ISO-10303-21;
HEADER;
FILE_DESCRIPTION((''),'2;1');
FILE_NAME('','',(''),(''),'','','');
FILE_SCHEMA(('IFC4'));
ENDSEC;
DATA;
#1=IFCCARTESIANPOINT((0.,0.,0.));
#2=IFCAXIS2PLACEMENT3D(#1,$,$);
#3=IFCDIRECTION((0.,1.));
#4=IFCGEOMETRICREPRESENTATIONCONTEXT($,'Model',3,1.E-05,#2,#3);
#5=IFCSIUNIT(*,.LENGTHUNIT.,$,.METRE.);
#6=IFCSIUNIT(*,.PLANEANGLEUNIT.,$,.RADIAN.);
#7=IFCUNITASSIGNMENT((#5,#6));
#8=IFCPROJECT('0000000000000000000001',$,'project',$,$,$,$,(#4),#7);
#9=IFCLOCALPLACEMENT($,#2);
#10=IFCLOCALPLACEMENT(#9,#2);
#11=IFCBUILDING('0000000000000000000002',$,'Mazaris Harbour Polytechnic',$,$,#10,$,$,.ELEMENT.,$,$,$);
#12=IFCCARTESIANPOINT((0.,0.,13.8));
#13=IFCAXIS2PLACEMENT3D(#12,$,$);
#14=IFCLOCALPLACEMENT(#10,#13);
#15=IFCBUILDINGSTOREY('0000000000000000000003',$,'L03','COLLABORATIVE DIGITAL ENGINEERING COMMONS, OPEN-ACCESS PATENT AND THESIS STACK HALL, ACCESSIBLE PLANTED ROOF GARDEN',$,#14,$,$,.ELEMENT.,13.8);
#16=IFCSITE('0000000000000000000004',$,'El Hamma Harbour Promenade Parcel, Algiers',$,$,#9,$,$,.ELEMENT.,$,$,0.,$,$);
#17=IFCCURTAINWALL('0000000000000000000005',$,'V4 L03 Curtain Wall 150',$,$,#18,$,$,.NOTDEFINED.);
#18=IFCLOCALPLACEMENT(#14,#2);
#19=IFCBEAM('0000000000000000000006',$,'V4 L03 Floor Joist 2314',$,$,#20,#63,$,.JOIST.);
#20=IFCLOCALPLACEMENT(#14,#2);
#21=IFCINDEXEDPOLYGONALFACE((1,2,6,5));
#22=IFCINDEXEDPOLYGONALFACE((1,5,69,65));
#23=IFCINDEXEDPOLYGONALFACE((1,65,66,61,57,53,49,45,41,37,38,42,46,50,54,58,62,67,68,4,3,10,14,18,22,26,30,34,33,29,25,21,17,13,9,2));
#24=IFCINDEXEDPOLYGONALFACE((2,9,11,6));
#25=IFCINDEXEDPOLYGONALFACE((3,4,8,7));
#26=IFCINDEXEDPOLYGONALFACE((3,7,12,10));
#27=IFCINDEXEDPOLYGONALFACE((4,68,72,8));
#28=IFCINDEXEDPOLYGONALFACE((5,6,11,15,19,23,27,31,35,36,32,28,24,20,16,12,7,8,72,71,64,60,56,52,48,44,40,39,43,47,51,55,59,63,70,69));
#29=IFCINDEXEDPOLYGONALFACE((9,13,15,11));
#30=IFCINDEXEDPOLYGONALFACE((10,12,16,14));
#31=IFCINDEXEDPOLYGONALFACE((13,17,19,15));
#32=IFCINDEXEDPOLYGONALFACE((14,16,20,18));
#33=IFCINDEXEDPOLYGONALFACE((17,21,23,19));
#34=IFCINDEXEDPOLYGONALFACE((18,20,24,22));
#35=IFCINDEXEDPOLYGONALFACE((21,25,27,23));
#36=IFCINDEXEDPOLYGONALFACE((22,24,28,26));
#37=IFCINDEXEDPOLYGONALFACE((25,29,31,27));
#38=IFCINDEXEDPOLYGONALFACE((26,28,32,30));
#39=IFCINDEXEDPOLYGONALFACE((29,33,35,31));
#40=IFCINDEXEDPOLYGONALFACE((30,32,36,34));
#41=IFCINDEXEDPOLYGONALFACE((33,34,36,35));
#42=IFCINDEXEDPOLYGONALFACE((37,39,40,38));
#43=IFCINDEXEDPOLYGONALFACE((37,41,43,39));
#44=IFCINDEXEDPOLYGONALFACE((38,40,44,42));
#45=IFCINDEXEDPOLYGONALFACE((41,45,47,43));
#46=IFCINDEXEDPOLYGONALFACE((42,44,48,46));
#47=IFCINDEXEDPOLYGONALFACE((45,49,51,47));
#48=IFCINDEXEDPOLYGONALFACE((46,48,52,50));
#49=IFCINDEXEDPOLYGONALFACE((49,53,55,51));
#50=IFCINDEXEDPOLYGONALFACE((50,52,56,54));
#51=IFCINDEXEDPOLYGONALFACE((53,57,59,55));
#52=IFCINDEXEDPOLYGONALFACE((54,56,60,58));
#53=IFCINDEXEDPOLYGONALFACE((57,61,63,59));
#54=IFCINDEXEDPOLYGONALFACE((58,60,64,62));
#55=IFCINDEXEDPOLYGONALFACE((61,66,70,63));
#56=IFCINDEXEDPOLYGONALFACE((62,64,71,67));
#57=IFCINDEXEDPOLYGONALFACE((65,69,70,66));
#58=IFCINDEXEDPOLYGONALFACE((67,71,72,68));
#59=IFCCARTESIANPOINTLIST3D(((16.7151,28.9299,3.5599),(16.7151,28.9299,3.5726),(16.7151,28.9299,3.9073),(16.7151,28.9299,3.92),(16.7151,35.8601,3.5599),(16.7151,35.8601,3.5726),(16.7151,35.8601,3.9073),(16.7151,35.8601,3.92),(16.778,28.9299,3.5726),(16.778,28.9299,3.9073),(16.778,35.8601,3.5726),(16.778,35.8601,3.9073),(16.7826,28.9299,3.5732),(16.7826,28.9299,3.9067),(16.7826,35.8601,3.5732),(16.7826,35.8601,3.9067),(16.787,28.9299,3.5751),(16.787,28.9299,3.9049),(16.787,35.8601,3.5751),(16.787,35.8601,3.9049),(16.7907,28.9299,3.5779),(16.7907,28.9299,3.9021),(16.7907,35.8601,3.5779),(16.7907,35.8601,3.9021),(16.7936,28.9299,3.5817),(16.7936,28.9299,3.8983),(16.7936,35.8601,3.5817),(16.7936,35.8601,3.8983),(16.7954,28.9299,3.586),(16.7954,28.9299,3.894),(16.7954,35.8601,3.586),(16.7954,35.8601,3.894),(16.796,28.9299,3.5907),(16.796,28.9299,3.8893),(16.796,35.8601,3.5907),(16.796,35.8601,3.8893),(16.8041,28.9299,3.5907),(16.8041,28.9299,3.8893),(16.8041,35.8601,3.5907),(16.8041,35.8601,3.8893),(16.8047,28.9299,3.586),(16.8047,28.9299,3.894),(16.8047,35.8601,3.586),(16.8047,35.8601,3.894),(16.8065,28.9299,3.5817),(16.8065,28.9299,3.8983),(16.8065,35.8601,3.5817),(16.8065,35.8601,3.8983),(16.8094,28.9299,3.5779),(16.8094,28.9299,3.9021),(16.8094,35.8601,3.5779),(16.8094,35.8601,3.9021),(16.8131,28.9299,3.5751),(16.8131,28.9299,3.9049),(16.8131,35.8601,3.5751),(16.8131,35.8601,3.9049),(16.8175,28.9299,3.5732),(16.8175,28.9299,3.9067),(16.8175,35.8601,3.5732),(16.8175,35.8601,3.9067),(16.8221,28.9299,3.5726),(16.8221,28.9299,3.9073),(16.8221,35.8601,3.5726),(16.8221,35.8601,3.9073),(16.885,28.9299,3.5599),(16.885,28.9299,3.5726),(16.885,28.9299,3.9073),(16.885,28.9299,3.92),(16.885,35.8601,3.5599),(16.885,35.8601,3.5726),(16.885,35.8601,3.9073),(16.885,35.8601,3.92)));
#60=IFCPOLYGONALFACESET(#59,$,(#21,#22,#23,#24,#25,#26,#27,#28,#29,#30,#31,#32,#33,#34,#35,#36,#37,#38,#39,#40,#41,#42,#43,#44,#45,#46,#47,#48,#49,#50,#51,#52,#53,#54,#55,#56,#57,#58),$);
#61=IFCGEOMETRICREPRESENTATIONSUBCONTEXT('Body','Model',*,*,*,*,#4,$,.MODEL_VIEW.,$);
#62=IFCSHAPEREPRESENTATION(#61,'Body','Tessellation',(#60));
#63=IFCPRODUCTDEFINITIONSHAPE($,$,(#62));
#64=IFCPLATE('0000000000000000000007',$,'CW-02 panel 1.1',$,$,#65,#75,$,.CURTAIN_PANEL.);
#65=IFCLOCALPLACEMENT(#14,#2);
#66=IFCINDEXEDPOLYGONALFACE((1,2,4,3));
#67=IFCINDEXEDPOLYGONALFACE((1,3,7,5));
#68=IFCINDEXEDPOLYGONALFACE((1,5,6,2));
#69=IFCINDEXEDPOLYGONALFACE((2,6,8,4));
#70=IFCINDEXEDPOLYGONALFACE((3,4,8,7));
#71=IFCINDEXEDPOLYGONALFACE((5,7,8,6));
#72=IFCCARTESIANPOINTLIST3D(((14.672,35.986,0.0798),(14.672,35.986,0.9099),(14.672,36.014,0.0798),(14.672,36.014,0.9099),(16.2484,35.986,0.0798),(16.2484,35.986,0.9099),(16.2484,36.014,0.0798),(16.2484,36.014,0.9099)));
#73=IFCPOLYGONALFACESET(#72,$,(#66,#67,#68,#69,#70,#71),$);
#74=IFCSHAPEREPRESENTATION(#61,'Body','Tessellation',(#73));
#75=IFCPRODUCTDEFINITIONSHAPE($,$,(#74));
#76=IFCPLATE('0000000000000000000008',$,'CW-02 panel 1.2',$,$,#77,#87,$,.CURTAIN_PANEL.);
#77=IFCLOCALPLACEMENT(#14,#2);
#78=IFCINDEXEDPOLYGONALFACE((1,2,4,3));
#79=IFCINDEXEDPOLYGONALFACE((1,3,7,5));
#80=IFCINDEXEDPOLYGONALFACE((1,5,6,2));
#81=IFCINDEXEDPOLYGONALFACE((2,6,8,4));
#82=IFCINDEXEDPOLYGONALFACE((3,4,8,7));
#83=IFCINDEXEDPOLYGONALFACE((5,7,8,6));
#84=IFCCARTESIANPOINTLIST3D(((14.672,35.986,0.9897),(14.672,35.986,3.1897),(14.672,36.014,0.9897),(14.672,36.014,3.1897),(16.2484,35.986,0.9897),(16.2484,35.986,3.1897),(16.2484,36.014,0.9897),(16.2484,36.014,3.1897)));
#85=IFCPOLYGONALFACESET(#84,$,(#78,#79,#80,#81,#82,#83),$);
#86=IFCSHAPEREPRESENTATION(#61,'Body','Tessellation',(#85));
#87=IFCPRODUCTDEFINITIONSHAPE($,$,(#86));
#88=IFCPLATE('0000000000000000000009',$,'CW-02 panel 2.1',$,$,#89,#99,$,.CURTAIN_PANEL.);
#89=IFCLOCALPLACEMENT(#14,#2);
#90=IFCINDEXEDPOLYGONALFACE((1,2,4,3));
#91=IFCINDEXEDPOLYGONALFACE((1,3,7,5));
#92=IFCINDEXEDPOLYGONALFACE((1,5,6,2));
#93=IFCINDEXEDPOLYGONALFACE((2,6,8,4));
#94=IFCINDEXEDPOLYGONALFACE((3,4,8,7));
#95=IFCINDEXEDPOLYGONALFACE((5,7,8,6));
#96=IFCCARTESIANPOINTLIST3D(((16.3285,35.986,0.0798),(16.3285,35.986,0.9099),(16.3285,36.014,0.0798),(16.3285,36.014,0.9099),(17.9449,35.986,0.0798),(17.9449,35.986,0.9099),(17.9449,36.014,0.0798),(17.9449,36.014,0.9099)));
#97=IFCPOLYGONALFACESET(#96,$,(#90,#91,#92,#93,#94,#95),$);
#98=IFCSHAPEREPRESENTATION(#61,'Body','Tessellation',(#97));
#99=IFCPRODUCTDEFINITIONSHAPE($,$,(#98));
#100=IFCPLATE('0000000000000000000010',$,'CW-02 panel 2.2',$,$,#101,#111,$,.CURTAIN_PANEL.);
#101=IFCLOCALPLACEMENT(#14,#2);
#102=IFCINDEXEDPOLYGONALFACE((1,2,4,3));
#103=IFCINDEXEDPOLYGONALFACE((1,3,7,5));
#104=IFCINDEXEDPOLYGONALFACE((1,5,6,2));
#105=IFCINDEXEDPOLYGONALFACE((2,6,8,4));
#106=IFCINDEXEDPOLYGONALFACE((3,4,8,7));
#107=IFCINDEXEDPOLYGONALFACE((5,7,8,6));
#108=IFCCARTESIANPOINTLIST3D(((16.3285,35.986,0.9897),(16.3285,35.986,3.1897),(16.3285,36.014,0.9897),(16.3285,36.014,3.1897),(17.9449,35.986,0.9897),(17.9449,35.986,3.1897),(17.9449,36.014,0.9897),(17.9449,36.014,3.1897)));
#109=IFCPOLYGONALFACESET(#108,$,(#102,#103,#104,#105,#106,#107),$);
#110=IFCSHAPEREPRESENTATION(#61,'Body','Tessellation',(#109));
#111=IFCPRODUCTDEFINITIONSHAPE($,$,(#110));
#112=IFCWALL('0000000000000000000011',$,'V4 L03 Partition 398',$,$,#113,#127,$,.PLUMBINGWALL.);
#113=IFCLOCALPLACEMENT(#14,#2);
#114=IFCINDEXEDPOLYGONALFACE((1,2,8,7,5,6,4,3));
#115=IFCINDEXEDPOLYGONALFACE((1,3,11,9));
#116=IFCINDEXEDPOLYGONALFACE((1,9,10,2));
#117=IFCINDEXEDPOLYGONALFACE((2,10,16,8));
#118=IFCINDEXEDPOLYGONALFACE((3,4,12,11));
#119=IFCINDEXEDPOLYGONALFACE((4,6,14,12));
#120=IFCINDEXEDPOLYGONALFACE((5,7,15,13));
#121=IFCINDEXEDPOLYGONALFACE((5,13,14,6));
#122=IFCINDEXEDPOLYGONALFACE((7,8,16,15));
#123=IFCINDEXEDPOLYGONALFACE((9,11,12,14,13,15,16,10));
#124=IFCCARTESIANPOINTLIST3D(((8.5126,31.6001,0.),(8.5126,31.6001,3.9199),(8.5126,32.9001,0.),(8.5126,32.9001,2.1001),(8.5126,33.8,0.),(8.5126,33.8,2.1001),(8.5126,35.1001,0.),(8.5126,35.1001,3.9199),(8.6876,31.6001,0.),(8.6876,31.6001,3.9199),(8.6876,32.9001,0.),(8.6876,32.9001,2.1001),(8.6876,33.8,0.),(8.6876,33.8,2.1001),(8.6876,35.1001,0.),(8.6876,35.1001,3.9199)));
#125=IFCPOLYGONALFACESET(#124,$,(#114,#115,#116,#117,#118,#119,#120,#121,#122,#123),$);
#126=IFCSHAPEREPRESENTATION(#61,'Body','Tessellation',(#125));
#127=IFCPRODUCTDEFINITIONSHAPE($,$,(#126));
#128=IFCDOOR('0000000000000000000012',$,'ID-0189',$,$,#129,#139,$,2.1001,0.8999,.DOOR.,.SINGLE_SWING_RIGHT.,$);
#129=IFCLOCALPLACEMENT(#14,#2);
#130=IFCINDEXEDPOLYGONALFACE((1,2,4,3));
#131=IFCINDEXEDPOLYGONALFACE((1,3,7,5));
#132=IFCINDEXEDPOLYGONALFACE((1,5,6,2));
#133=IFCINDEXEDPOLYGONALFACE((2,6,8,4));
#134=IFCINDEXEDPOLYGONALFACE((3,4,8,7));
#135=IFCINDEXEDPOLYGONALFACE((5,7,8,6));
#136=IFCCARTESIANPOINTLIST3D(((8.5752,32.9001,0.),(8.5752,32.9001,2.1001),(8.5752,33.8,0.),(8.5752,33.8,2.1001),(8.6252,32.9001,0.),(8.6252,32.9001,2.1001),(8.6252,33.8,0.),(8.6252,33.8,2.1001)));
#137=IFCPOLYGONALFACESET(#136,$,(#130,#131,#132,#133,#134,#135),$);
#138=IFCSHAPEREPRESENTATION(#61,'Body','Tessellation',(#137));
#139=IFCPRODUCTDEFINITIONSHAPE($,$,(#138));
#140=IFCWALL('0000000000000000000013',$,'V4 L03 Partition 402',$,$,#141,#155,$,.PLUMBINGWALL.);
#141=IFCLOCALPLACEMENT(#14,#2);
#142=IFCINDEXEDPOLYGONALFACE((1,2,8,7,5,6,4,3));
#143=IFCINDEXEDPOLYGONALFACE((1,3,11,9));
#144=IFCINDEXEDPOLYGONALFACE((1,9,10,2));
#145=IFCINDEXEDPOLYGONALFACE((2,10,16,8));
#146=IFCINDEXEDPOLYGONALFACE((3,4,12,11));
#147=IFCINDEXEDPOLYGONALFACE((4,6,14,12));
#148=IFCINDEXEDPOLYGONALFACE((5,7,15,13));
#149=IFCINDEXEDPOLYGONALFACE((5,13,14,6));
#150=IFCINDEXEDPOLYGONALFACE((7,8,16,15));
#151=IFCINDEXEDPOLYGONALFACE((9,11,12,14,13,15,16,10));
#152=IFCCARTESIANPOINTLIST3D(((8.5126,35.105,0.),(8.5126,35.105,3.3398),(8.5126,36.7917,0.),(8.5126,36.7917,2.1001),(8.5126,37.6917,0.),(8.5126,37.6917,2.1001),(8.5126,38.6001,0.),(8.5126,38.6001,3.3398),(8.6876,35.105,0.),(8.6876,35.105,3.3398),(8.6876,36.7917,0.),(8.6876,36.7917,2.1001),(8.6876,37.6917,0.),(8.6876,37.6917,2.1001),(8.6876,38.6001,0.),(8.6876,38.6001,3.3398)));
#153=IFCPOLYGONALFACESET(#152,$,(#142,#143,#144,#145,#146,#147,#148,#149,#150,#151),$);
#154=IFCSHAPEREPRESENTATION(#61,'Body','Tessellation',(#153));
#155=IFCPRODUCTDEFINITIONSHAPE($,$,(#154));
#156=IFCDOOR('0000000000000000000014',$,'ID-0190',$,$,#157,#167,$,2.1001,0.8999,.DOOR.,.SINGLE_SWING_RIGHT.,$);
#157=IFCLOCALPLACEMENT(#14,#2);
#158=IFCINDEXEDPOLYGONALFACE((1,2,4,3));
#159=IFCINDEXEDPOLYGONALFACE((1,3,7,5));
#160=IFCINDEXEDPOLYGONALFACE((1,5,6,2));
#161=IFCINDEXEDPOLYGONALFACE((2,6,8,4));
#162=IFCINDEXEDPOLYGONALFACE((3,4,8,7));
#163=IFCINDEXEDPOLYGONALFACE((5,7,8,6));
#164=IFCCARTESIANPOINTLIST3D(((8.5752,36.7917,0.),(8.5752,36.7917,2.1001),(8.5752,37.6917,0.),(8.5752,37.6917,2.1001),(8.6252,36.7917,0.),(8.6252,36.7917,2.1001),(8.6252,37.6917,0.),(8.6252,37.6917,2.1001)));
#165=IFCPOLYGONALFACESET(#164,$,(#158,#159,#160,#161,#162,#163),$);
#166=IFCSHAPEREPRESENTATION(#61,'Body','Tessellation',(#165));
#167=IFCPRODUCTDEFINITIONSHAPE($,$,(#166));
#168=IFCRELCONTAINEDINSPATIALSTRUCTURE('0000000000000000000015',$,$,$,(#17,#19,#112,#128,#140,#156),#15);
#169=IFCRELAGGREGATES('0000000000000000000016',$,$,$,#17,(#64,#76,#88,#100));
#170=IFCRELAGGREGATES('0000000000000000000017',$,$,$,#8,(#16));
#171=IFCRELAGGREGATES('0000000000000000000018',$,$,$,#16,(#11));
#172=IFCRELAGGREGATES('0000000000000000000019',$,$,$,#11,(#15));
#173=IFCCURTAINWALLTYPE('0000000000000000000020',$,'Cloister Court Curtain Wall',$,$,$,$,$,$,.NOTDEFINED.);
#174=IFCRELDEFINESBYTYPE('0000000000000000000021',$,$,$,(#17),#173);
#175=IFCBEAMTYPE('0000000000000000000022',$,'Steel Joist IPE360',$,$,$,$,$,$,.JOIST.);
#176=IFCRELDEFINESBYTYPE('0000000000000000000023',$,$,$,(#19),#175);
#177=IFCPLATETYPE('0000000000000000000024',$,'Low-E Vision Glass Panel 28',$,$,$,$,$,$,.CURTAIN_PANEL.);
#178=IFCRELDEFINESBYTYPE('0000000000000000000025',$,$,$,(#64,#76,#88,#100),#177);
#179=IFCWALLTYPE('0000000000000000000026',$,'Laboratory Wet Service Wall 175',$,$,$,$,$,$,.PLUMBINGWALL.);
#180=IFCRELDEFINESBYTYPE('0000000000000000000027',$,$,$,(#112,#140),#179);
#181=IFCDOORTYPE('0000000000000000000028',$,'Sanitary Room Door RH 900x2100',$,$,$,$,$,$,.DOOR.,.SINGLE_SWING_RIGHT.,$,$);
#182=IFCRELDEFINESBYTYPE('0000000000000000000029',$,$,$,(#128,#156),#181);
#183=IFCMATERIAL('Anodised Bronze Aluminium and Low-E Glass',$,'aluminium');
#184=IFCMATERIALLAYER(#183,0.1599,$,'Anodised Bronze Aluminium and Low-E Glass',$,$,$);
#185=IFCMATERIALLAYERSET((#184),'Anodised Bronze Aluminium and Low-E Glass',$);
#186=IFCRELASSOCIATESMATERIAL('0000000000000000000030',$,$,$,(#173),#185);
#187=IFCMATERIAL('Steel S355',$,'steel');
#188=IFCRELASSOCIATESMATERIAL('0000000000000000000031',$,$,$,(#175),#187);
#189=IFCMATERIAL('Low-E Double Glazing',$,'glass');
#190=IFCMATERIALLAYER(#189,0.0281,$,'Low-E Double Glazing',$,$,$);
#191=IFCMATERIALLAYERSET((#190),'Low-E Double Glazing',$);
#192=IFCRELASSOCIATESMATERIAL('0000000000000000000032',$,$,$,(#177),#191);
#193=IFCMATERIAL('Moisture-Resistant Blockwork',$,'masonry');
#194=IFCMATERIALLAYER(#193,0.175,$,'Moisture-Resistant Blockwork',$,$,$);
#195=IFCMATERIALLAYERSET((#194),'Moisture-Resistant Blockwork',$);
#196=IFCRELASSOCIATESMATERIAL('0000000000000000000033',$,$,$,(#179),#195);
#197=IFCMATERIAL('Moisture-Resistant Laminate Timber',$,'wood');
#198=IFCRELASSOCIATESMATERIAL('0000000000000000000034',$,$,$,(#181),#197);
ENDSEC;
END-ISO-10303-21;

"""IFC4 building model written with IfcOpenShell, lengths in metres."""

from ifc_helpers import new_model, si_unit, direction, frame, frame_2d, origin, origin_2d, place, context, subcontext, project, spatial, rectangle, i_section, extrude, material, layer, layer_set, material_profile, profile_set, type_object, element, fill, aggregate, save


model = new_model("IFC4")

# Units and contexts
model_context = context("Model", 3, precision=1e-05, world=origin(), true_north=direction((0.0, 1.0)))
body_context = subcontext(model_context, "Body", "Model", "MODEL_VIEW")
ifc_project = project(units=[si_unit("LENGTHUNIT", "METRE"), si_unit("PLANEANGLEUNIT", "RADIAN")], contexts=[model_context])

# Site, building, storey
site_placement = place(None, origin())
site = spatial("IfcSite", under=ifc_project, at=site_placement, Name="El Hamma Harbour Promenade Parcel, Algiers", CompositionType="ELEMENT", RefElevation=0.0)
building_placement = place(site_placement, origin())
building = spatial("IfcBuilding", under=site, at=building_placement, Name="Mazaris Harbour Polytechnic", CompositionType="ELEMENT")
storey_placement = place(building_placement, frame((0.0, 0.0, 13.8)))
storey = spatial("IfcBuildingStorey", under=building, at=storey_placement, Name="L03", Description="COLLABORATIVE DIGITAL ENGINEERING COMMONS, OPEN-ACCESS PATENT AND THESIS STACK HALL, ACCESSIBLE PLANTED ROOF GARDEN", CompositionType="ELEMENT", Elevation=13.8)

# Curtain wall
ifc_material_1 = material(Name="Anodised Bronze Aluminium and Low-E Glass", Category="aluminium")
ifc_layer_1 = layer(ifc_material_1, 0.1599, Name="Anodised Bronze Aluminium and Low-E Glass")
ifc_layer_set_1 = layer_set([ifc_layer_1], Name="Anodised Bronze Aluminium and Low-E Glass")
curtain_wall_type = type_object("IfcCurtainWallType", Name="Cloister Court Curtain Wall", PredefinedType="NOTDEFINED", material=ifc_layer_set_1)
curtain_wall_placement = place(storey_placement, origin())
curtain_wall = element("IfcCurtainWall", 1, at=curtain_wall_placement, inside=storey, type_object=curtain_wall_type, Name="V4 L03 Curtain Wall 150", PredefinedType="NOTDEFINED")

# Beam
ifc_material_2 = material(Name="Steel S355", Category="steel")
ifc_material_profile_1 = material_profile(ifc_material_2, i_section(OverallWidth=0.1699, OverallDepth=0.3601, WebThickness=0.0081, FlangeThickness=0.0127, FilletRadius=0.0181, at=origin_2d()), Name="IPE 360")
ifc_profile_set_1 = profile_set([ifc_material_profile_1], Name="Steel S355")
beam_type_1 = type_object("IfcBeamType", Name="Steel Joist IPE360", PredefinedType="JOIST", material=ifc_profile_set_1)
beam_1_placement = place(storey_placement, frame((16.8, 28.9299, 3.74), z_axis=(0.0, 1.0, 0.0), x_axis=(-1.0, 0.0, 0.0)))
element("IfcBeam", 2, at=beam_1_placement, inside=storey, type_object=beam_type_1, Name="V4 L03 Floor Joist 2314", PredefinedType="JOIST", context=body_context, shape_type="SweptSolid", body=[
    extrude(i_section(OverallWidth=0.1699, OverallDepth=0.3601, WebThickness=0.0081, FlangeThickness=0.0127, FilletRadius=0.0181, at=origin_2d()), origin(), (0.0, 0.0, 1.0), 6.9302),
])

# Plates
ifc_material_3 = material(Name="Low-E Double Glazing", Category="glass")
ifc_layer_2 = layer(ifc_material_3, 0.0281, Name="Low-E Double Glazing")
ifc_layer_set_2 = layer_set([ifc_layer_2], Name="Low-E Double Glazing")
plate_type = type_object("IfcPlateType", Name="Low-E Vision Glass Panel 28", PredefinedType="CURTAIN_PANEL", material=ifc_layer_set_2)
plate_1_placement = place(storey_placement, frame((15.4602, 36.0, 0.0798), z_axis=(0.0, 0.0, 1.0), x_axis=(1.0, 0.0, 0.0)))
plate_1 = element("IfcPlate", 3, at=plate_1_placement, type_object=plate_type, Name="CW-02 panel 1.1", PredefinedType="CURTAIN_PANEL", context=body_context, shape_type="SweptSolid", body=[
    extrude(rectangle(XDim=1.5764, YDim=0.0281, at=origin_2d()), origin(), (0.0, 0.0, 1.0), 0.8301),
])
plate_2_placement = place(storey_placement, frame((15.4602, 36.0, 0.9897), z_axis=(0.0, 0.0, 1.0), x_axis=(1.0, 0.0, 0.0)))
plate_2 = element("IfcPlate", 4, at=plate_2_placement, type_object=plate_type, Name="CW-02 panel 1.2", PredefinedType="CURTAIN_PANEL", context=body_context, shape_type="SweptSolid", body=[
    extrude(rectangle(XDim=1.5764, YDim=0.0281, at=origin_2d()), origin(), (0.0, 0.0, 1.0), 2.2),
])
plate_3_placement = place(storey_placement, frame((17.1367, 36.0, 0.0798), z_axis=(0.0, 0.0, 1.0), x_axis=(1.0, 0.0, 0.0)))
plate_3 = element("IfcPlate", 5, at=plate_3_placement, type_object=plate_type, Name="CW-02 panel 2.1", PredefinedType="CURTAIN_PANEL", context=body_context, shape_type="SweptSolid", body=[
    extrude(rectangle(XDim=1.6165, YDim=0.0281, at=origin_2d()), origin(), (0.0, 0.0, 1.0), 0.8301),
])
plate_4_placement = place(storey_placement, frame((17.1367, 36.0, 0.9897), z_axis=(0.0, 0.0, 1.0), x_axis=(1.0, 0.0, 0.0)))
plate_4 = element("IfcPlate", 6, at=plate_4_placement, type_object=plate_type, Name="CW-02 panel 2.2", PredefinedType="CURTAIN_PANEL", context=body_context, shape_type="SweptSolid", body=[
    extrude(rectangle(XDim=1.6165, YDim=0.0281, at=origin_2d()), origin(), (0.0, 0.0, 1.0), 2.2),
])
aggregate(curtain_wall, [plate_1, plate_2, plate_3, plate_4])

# Walls, openings, doors
ifc_material_4 = material(Name="Moisture-Resistant Blockwork", Category="masonry")
ifc_layer_3 = layer(ifc_material_4, 0.175, Name="Moisture-Resistant Blockwork")
ifc_layer_set_3 = layer_set([ifc_layer_3], Name="Moisture-Resistant Blockwork")
wall_type = type_object("IfcWallType", Name="Laboratory Wet Service Wall 175", PredefinedType="PLUMBINGWALL", material=ifc_layer_set_3)
wall_1_placement = place(storey_placement, frame((8.6001, 31.6001, 0.0), z_axis=(0.0, 0.0, 1.0), x_axis=(0.0, 1.0, 0.0)))
wall_1 = element("IfcWall", 7, at=wall_1_placement, inside=storey, type_object=wall_type, Name="V4 L03 Partition 398", PredefinedType="PLUMBINGWALL", context=body_context, shape_type="SweptSolid", body=[
    extrude(rectangle(XDim=3.5, YDim=0.175, at=frame_2d((1.75, 0.0))), origin(), (0.0, 0.0, 1.0), 3.9199),
])
opening_1_placement = place(wall_1_placement, frame((1.3, 0.0, 0.0)))
opening_1 = element("IfcOpeningElement", 8, at=opening_1_placement, cuts=wall_1, PredefinedType="OPENING", context=body_context, shape_type="SweptSolid", body=[
    extrude(rectangle(XDim=0.8999, YDim=2.1001, at=frame_2d((0.45, 1.05))), frame((0.0, 0.0974, 0.0), z_axis=(0.0, -1.0, 0.0), x_axis=(1.0, 0.0, 0.0)), (0.0, 0.0, 1.0), 0.1951),
])
ifc_material_5 = material(Name="Moisture-Resistant Laminate Timber", Category="wood")
door_type = type_object("IfcDoorType", Name="Sanitary Room Door RH 900x2100", OperationType="SINGLE_SWING_RIGHT", PredefinedType="DOOR", material=ifc_material_5)
door_1_placement = place(opening_1_placement, origin())
door_1 = element("IfcDoor", 9, at=door_1_placement, inside=storey, type_object=door_type, Name="ID-0189", OperationType="SINGLE_SWING_RIGHT", OverallHeight=2.1001, OverallWidth=0.8999, PredefinedType="DOOR", context=body_context, shape_type="SweptSolid", body=[
    extrude(rectangle(XDim=0.8999, YDim=2.1001, at=frame_2d((0.45, 1.05))), frame((0.0, 0.0249, 0.0), z_axis=(0.0, -1.0, 0.0), x_axis=(1.0, 0.0, 0.0)), (0.0, 0.0, 1.0), 0.05),
])
fill(opening_1, door_1)
wall_2_placement = place(storey_placement, frame((8.6001, 35.105, 0.0), z_axis=(0.0, 0.0, 1.0), x_axis=(0.0, 1.0, 0.0)))
wall_2 = element("IfcWall", 10, at=wall_2_placement, inside=storey, type_object=wall_type, Name="V4 L03 Partition 402", PredefinedType="PLUMBINGWALL", context=body_context, shape_type="SweptSolid", body=[
    extrude(rectangle(XDim=3.4951, YDim=0.175, at=frame_2d((1.7476, 0.0))), origin(), (0.0, 0.0, 1.0), 3.3398),
])
opening_2_placement = place(wall_2_placement, frame((1.6868, 0.0, 0.0)))
opening_2 = element("IfcOpeningElement", 11, at=opening_2_placement, cuts=wall_2, PredefinedType="OPENING", context=body_context, shape_type="SweptSolid", body=[
    extrude(rectangle(XDim=0.8999, YDim=2.1001, at=frame_2d((0.45, 1.05))), frame((0.0, 0.0974, 0.0), z_axis=(0.0, -1.0, 0.0), x_axis=(1.0, 0.0, 0.0)), (0.0, 0.0, 1.0), 0.1951),
])
door_2_placement = place(opening_2_placement, origin())
door_2 = element("IfcDoor", 12, at=door_2_placement, inside=storey, type_object=door_type, Name="ID-0190", OperationType="SINGLE_SWING_RIGHT", OverallHeight=2.1001, OverallWidth=0.8999, PredefinedType="DOOR", context=body_context, shape_type="SweptSolid", body=[
    extrude(rectangle(XDim=0.8999, YDim=2.1001, at=frame_2d((0.45, 1.05))), frame((0.0, 0.0249, 0.0), z_axis=(0.0, -1.0, 0.0), x_axis=(1.0, 0.0, 0.0)), (0.0, 0.0, 1.0), 0.05),
])
fill(opening_2, door_2)

save(model, "model.ifc")
